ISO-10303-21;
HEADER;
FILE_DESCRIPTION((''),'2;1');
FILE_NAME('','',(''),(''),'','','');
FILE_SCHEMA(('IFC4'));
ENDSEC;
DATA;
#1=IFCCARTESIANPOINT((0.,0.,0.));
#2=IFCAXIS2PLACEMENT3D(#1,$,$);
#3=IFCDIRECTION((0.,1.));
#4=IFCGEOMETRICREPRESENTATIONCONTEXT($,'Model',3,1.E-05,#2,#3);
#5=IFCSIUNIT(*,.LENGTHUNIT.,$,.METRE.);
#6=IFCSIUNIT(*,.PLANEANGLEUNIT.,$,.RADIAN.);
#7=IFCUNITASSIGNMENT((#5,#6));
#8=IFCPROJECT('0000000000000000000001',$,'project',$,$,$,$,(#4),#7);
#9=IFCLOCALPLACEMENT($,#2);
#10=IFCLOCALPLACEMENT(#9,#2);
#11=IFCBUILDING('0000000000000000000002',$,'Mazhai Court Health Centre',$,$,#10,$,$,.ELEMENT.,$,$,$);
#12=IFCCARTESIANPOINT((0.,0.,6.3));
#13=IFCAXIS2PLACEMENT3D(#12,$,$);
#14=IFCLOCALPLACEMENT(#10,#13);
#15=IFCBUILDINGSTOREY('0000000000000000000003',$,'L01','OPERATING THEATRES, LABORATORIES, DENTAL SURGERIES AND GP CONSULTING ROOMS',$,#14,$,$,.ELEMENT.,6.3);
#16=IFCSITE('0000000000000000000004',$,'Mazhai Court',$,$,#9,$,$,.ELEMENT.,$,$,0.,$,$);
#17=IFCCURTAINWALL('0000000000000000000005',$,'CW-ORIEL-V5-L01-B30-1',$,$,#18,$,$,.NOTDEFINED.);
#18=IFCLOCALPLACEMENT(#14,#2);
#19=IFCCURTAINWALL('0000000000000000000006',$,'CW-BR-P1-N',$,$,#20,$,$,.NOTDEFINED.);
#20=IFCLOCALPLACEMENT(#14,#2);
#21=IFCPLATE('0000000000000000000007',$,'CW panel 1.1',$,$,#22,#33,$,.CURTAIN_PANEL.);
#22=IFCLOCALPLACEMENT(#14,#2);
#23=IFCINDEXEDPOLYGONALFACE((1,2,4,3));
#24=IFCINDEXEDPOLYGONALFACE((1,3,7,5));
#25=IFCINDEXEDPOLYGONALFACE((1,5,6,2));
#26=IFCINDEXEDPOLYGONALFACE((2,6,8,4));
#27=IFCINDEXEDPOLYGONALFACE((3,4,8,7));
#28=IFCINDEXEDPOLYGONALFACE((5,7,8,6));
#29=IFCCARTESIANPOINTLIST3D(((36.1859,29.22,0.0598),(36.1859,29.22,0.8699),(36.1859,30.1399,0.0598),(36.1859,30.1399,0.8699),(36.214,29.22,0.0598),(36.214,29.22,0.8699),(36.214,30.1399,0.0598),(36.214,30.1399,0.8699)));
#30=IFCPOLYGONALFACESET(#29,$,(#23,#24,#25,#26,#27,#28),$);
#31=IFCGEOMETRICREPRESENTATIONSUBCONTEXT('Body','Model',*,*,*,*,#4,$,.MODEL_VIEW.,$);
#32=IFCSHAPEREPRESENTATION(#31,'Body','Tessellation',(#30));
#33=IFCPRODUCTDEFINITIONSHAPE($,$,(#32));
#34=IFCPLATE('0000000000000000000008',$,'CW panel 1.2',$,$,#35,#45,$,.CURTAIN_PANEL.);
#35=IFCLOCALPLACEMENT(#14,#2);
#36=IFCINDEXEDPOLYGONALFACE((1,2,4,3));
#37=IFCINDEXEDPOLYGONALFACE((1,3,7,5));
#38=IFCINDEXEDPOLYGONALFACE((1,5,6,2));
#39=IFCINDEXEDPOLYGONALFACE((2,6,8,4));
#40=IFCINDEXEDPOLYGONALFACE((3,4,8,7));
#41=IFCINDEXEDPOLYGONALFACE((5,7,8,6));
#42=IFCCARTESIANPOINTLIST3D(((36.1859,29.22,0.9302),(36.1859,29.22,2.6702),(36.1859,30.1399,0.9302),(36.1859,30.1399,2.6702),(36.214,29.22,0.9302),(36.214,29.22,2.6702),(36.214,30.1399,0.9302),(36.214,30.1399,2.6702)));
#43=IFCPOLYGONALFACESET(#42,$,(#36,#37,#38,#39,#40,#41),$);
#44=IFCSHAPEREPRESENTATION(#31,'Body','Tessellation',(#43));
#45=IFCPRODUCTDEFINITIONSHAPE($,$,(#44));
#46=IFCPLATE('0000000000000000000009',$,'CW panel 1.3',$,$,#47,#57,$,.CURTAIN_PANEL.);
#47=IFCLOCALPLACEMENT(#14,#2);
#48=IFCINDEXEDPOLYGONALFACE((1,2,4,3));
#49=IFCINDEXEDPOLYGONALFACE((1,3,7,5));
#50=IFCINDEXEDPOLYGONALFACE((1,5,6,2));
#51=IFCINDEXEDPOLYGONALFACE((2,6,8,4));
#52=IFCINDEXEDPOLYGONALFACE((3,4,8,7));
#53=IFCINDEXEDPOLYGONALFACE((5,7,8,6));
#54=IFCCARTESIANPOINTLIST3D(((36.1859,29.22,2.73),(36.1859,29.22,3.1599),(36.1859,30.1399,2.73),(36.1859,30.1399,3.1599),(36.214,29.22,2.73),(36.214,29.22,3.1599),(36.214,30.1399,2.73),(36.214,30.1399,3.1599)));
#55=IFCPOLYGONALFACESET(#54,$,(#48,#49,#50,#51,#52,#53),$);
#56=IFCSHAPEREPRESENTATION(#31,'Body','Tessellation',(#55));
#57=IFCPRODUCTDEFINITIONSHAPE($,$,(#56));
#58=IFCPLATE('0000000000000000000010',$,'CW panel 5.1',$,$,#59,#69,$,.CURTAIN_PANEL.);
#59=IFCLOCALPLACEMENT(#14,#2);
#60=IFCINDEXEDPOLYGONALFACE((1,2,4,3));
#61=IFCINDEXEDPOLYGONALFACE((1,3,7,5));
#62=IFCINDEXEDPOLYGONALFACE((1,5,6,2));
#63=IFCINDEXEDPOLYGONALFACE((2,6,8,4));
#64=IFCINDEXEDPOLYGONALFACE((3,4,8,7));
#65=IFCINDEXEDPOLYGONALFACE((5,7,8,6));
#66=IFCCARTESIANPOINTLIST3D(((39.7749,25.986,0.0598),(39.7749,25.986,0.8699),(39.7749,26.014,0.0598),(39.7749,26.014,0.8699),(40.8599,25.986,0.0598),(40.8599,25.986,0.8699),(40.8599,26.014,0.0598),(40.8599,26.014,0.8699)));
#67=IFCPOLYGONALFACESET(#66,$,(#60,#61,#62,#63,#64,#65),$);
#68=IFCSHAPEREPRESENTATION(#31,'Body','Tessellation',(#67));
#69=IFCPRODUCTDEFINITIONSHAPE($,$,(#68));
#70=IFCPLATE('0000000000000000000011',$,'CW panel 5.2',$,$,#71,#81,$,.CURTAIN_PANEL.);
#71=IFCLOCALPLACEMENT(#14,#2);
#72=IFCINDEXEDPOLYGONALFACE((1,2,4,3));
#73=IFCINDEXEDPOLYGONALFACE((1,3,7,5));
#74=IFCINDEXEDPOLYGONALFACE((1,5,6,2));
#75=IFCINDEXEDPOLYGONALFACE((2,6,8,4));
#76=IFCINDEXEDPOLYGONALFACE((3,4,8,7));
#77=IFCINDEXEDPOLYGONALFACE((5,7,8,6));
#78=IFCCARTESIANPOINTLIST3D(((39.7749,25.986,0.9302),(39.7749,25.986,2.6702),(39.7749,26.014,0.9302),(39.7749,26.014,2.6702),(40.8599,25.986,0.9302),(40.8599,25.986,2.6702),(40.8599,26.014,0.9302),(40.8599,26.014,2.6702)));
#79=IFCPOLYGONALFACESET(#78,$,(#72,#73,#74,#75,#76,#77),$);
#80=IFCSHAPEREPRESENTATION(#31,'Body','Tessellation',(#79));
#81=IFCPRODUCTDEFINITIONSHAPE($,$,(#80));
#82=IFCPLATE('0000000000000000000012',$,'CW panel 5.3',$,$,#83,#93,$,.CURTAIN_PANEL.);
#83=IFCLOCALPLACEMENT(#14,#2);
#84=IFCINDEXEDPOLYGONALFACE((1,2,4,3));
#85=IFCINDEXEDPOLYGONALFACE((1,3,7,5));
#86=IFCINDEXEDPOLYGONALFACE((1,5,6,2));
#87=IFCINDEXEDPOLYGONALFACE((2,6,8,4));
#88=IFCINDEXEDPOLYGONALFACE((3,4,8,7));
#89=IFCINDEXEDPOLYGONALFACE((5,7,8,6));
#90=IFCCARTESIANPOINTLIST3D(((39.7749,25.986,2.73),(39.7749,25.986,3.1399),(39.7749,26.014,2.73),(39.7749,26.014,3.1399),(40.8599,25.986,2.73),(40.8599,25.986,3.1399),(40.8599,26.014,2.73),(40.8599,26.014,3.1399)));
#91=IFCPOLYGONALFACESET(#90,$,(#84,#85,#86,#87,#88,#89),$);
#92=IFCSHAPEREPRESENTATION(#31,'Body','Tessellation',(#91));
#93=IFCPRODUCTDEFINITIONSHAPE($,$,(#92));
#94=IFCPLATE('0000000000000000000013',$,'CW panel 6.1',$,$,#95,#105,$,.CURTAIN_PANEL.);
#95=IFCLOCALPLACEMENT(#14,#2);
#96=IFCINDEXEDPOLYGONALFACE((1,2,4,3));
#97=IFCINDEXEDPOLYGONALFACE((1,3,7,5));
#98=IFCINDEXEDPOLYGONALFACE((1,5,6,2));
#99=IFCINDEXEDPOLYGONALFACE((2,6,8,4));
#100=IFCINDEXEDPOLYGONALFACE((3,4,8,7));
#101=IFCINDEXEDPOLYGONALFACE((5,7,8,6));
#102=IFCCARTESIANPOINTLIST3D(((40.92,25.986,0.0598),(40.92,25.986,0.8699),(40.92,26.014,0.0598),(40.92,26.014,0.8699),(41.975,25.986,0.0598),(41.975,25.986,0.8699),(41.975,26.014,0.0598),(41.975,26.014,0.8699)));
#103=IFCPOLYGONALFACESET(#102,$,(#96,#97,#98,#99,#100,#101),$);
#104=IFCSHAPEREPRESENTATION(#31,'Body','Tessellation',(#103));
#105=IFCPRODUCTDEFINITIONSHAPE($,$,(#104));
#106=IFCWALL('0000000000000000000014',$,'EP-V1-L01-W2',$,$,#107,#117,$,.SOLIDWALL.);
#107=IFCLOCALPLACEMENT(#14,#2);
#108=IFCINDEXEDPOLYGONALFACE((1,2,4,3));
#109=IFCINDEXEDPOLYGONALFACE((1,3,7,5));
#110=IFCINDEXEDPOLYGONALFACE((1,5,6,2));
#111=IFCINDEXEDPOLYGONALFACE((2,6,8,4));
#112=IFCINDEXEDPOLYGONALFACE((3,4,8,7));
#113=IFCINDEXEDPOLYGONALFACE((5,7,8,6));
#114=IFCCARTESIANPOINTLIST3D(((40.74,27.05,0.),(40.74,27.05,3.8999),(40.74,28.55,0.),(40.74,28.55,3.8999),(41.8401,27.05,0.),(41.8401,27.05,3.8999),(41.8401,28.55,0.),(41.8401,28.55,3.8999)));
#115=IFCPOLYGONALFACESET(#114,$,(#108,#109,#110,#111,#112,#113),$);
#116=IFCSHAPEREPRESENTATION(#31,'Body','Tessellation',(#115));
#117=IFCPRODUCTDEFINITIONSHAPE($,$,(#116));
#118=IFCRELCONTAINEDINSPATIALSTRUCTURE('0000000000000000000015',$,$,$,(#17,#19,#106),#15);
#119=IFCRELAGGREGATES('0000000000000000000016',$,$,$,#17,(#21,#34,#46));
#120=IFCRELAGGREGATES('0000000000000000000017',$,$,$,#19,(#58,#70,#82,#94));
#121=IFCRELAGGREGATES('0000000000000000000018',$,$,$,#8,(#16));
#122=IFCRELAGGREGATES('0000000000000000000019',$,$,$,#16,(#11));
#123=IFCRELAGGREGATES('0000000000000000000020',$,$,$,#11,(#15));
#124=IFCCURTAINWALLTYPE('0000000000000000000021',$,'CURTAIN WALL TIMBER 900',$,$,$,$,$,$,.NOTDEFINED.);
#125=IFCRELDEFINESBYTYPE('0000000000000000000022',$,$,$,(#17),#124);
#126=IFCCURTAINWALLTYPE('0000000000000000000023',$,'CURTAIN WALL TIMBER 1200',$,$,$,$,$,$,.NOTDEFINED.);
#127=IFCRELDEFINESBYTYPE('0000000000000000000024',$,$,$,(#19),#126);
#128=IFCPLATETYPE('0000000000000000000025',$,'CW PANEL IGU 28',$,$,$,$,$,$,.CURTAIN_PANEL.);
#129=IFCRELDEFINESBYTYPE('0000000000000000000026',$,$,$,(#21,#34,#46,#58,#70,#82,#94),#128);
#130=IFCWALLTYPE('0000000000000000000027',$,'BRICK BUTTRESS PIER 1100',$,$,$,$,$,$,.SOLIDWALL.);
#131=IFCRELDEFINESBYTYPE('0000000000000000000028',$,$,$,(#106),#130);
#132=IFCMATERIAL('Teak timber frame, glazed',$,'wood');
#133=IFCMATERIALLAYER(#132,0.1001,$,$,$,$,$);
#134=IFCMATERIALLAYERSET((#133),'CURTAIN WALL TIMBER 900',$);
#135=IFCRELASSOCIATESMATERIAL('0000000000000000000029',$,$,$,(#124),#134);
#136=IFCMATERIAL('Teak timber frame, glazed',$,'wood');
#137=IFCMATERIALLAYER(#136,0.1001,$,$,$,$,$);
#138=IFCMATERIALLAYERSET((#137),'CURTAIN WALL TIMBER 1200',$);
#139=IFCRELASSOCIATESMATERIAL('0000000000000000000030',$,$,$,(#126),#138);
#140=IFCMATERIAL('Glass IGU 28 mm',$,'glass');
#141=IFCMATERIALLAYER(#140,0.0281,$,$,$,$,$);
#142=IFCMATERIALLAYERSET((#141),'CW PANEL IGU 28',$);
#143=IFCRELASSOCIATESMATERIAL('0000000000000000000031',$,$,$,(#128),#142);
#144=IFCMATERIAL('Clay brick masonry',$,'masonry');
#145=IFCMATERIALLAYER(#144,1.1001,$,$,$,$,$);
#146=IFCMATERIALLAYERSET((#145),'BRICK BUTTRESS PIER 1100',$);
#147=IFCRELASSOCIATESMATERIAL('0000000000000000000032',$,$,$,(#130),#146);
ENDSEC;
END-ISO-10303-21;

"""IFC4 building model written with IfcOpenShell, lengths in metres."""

from ifc_helpers import new_model, si_unit, direction, frame, frame_2d, origin, origin_2d, place, context, subcontext, project, spatial, rectangle, extrude, material, layer, layer_set, type_object, element, aggregate, save


model = new_model("IFC4")

# Units and contexts
model_context = context("Model", 3, precision=1e-05, world=origin(), true_north=direction((0.0, 1.0)))
body_context = subcontext(model_context, "Body", "Model", "MODEL_VIEW")
ifc_project = project(units=[si_unit("LENGTHUNIT", "METRE"), si_unit("PLANEANGLEUNIT", "RADIAN")], contexts=[model_context])

# Site, building, storey
site_placement = place(None, origin())
site = spatial("IfcSite", under=ifc_project, at=site_placement, Name="Mazhai Court", CompositionType="ELEMENT", RefElevation=0.0)
building_placement = place(site_placement, origin())
building = spatial("IfcBuilding", under=site, at=building_placement, Name="Mazhai Court Health Centre", CompositionType="ELEMENT")
storey_placement = place(building_placement, frame((0.0, 0.0, 6.3)))
storey = spatial("IfcBuildingStorey", under=building, at=storey_placement, Name="L01", Description="OPERATING THEATRES, LABORATORIES, DENTAL SURGERIES AND GP CONSULTING ROOMS", CompositionType="ELEMENT", Elevation=6.3)

# Shared definitions
ifc_material_1 = material(Name="Teak timber frame, glazed", Category="wood")
ifc_layer_1 = layer(ifc_material_1, 0.1001)
ifc_layer_set_1 = layer_set([ifc_layer_1], Name="CURTAIN WALL TIMBER 900")
curtain_wall_type_1 = type_object("IfcCurtainWallType", Name="CURTAIN WALL TIMBER 900", PredefinedType="NOTDEFINED", material=ifc_layer_set_1)

# Curtain wall
curtain_wall_1_placement = place(storey_placement, origin())
curtain_wall_1 = element("IfcCurtainWall", 1, at=curtain_wall_1_placement, inside=storey, type_object=curtain_wall_type_1, Name="CW-ORIEL-V5-L01-B30-1", PredefinedType="NOTDEFINED")

# Curtain wall
ifc_material_2 = material(Name="Teak timber frame, glazed", Category="wood")
ifc_layer_2 = layer(ifc_material_2, 0.1001)
ifc_layer_set_2 = layer_set([ifc_layer_2], Name="CURTAIN WALL TIMBER 1200")
curtain_wall_type_2 = type_object("IfcCurtainWallType", Name="CURTAIN WALL TIMBER 1200", PredefinedType="NOTDEFINED", material=ifc_layer_set_2)
curtain_wall_2_placement = place(storey_placement, origin())
curtain_wall_2 = element("IfcCurtainWall", 2, at=curtain_wall_2_placement, inside=storey, type_object=curtain_wall_type_2, Name="CW-BR-P1-N", PredefinedType="NOTDEFINED")

# Plates
ifc_material_3 = material(Name="Glass IGU 28 mm", Category="glass")
ifc_layer_3 = layer(ifc_material_3, 0.0281)
ifc_layer_set_3 = layer_set([ifc_layer_3], Name="CW PANEL IGU 28")
plate_type = type_object("IfcPlateType", Name="CW PANEL IGU 28", PredefinedType="CURTAIN_PANEL", material=ifc_layer_set_3)
plate_1_placement = place(storey_placement, frame((36.2, 29.6799, 0.0598), z_axis=(0.0, 0.0, 1.0), x_axis=(0.0, 1.0, 0.0)))
plate_1 = element("IfcPlate", 3, at=plate_1_placement, type_object=plate_type, Name="CW panel 1.1", PredefinedType="CURTAIN_PANEL", context=body_context, shape_type="SweptSolid", body=[
    extrude(rectangle(XDim=0.9199, YDim=0.0281, at=origin_2d()), origin(), (0.0, 0.0, 1.0), 0.8101),
])
plate_2_placement = place(storey_placement, frame((36.2, 29.6799, 0.9302), z_axis=(0.0, 0.0, 1.0), x_axis=(0.0, 1.0, 0.0)))
plate_2 = element("IfcPlate", 4, at=plate_2_placement, type_object=plate_type, Name="CW panel 1.2", PredefinedType="CURTAIN_PANEL", context=body_context, shape_type="SweptSolid", body=[
    extrude(rectangle(XDim=0.9199, YDim=0.0281, at=origin_2d()), origin(), (0.0, 0.0, 1.0), 1.74),
])
plate_3_placement = place(storey_placement, frame((36.2, 29.6799, 2.73), z_axis=(0.0, 0.0, 1.0), x_axis=(0.0, 1.0, 0.0)))
plate_3 = element("IfcPlate", 5, at=plate_3_placement, type_object=plate_type, Name="CW panel 1.3", PredefinedType="CURTAIN_PANEL", context=body_context, shape_type="SweptSolid", body=[
    extrude(rectangle(XDim=0.9199, YDim=0.0281, at=origin_2d()), origin(), (0.0, 0.0, 1.0), 0.4299),
])
aggregate(curtain_wall_1, [plate_1, plate_2, plate_3])
plate_4_placement = place(storey_placement, frame((40.3174, 26.0, 0.0598), z_axis=(0.0, 0.0, 1.0), x_axis=(1.0, 0.0, 0.0)))
plate_4 = element("IfcPlate", 6, at=plate_4_placement, type_object=plate_type, Name="CW panel 5.1", PredefinedType="CURTAIN_PANEL", context=body_context, shape_type="SweptSolid", body=[
    extrude(rectangle(XDim=1.085, YDim=0.0281, at=origin_2d()), origin(), (0.0, 0.0, 1.0), 0.8101),
])
plate_5_placement = place(storey_placement, frame((40.3174, 26.0, 0.9302), z_axis=(0.0, 0.0, 1.0), x_axis=(1.0, 0.0, 0.0)))
plate_5 = element("IfcPlate", 7, at=plate_5_placement, type_object=plate_type, Name="CW panel 5.2", PredefinedType="CURTAIN_PANEL", context=body_context, shape_type="SweptSolid", body=[
    extrude(rectangle(XDim=1.085, YDim=0.0281, at=origin_2d()), origin(), (0.0, 0.0, 1.0), 1.74),
])
plate_6_placement = place(storey_placement, frame((40.3174, 26.0, 2.73), z_axis=(0.0, 0.0, 1.0), x_axis=(1.0, 0.0, 0.0)))
plate_6 = element("IfcPlate", 8, at=plate_6_placement, type_object=plate_type, Name="CW panel 5.3", PredefinedType="CURTAIN_PANEL", context=body_context, shape_type="SweptSolid", body=[
    extrude(rectangle(XDim=1.085, YDim=0.0281, at=origin_2d()), origin(), (0.0, 0.0, 1.0), 0.4099),
])
plate_7_placement = place(storey_placement, frame((41.4475, 26.0, 0.0598), z_axis=(0.0, 0.0, 1.0), x_axis=(1.0, 0.0, 0.0)))
plate_7 = element("IfcPlate", 9, at=plate_7_placement, type_object=plate_type, Name="CW panel 6.1", PredefinedType="CURTAIN_PANEL", context=body_context, shape_type="SweptSolid", body=[
    extrude(rectangle(XDim=1.0549, YDim=0.0281, at=origin_2d()), origin(), (0.0, 0.0, 1.0), 0.8101),
])
aggregate(curtain_wall_2, [plate_4, plate_5, plate_6, plate_7])

# Wall
ifc_material_4 = material(Name="Clay brick masonry", Category="masonry")
ifc_layer_4 = layer(ifc_material_4, 1.1001)
ifc_layer_set_4 = layer_set([ifc_layer_4], Name="BRICK BUTTRESS PIER 1100")
wall_type = type_object("IfcWallType", Name="BRICK BUTTRESS PIER 1100", PredefinedType="SOLIDWALL", material=ifc_layer_set_4)
wall_placement = place(storey_placement, frame((41.29, 27.05, 0.0), z_axis=(0.0, 0.0, 1.0), x_axis=(0.0, 1.0, 0.0)))
element("IfcWall", 10, at=wall_placement, inside=storey, type_object=wall_type, Name="EP-V1-L01-W2", PredefinedType="SOLIDWALL", context=body_context, shape_type="SweptSolid", body=[
    extrude(rectangle(XDim=1.5, YDim=1.1001, at=frame_2d((0.75, 0.0))), origin(), (0.0, 0.0, 1.0), 3.8999),
])

save(model, "model.ifc")
